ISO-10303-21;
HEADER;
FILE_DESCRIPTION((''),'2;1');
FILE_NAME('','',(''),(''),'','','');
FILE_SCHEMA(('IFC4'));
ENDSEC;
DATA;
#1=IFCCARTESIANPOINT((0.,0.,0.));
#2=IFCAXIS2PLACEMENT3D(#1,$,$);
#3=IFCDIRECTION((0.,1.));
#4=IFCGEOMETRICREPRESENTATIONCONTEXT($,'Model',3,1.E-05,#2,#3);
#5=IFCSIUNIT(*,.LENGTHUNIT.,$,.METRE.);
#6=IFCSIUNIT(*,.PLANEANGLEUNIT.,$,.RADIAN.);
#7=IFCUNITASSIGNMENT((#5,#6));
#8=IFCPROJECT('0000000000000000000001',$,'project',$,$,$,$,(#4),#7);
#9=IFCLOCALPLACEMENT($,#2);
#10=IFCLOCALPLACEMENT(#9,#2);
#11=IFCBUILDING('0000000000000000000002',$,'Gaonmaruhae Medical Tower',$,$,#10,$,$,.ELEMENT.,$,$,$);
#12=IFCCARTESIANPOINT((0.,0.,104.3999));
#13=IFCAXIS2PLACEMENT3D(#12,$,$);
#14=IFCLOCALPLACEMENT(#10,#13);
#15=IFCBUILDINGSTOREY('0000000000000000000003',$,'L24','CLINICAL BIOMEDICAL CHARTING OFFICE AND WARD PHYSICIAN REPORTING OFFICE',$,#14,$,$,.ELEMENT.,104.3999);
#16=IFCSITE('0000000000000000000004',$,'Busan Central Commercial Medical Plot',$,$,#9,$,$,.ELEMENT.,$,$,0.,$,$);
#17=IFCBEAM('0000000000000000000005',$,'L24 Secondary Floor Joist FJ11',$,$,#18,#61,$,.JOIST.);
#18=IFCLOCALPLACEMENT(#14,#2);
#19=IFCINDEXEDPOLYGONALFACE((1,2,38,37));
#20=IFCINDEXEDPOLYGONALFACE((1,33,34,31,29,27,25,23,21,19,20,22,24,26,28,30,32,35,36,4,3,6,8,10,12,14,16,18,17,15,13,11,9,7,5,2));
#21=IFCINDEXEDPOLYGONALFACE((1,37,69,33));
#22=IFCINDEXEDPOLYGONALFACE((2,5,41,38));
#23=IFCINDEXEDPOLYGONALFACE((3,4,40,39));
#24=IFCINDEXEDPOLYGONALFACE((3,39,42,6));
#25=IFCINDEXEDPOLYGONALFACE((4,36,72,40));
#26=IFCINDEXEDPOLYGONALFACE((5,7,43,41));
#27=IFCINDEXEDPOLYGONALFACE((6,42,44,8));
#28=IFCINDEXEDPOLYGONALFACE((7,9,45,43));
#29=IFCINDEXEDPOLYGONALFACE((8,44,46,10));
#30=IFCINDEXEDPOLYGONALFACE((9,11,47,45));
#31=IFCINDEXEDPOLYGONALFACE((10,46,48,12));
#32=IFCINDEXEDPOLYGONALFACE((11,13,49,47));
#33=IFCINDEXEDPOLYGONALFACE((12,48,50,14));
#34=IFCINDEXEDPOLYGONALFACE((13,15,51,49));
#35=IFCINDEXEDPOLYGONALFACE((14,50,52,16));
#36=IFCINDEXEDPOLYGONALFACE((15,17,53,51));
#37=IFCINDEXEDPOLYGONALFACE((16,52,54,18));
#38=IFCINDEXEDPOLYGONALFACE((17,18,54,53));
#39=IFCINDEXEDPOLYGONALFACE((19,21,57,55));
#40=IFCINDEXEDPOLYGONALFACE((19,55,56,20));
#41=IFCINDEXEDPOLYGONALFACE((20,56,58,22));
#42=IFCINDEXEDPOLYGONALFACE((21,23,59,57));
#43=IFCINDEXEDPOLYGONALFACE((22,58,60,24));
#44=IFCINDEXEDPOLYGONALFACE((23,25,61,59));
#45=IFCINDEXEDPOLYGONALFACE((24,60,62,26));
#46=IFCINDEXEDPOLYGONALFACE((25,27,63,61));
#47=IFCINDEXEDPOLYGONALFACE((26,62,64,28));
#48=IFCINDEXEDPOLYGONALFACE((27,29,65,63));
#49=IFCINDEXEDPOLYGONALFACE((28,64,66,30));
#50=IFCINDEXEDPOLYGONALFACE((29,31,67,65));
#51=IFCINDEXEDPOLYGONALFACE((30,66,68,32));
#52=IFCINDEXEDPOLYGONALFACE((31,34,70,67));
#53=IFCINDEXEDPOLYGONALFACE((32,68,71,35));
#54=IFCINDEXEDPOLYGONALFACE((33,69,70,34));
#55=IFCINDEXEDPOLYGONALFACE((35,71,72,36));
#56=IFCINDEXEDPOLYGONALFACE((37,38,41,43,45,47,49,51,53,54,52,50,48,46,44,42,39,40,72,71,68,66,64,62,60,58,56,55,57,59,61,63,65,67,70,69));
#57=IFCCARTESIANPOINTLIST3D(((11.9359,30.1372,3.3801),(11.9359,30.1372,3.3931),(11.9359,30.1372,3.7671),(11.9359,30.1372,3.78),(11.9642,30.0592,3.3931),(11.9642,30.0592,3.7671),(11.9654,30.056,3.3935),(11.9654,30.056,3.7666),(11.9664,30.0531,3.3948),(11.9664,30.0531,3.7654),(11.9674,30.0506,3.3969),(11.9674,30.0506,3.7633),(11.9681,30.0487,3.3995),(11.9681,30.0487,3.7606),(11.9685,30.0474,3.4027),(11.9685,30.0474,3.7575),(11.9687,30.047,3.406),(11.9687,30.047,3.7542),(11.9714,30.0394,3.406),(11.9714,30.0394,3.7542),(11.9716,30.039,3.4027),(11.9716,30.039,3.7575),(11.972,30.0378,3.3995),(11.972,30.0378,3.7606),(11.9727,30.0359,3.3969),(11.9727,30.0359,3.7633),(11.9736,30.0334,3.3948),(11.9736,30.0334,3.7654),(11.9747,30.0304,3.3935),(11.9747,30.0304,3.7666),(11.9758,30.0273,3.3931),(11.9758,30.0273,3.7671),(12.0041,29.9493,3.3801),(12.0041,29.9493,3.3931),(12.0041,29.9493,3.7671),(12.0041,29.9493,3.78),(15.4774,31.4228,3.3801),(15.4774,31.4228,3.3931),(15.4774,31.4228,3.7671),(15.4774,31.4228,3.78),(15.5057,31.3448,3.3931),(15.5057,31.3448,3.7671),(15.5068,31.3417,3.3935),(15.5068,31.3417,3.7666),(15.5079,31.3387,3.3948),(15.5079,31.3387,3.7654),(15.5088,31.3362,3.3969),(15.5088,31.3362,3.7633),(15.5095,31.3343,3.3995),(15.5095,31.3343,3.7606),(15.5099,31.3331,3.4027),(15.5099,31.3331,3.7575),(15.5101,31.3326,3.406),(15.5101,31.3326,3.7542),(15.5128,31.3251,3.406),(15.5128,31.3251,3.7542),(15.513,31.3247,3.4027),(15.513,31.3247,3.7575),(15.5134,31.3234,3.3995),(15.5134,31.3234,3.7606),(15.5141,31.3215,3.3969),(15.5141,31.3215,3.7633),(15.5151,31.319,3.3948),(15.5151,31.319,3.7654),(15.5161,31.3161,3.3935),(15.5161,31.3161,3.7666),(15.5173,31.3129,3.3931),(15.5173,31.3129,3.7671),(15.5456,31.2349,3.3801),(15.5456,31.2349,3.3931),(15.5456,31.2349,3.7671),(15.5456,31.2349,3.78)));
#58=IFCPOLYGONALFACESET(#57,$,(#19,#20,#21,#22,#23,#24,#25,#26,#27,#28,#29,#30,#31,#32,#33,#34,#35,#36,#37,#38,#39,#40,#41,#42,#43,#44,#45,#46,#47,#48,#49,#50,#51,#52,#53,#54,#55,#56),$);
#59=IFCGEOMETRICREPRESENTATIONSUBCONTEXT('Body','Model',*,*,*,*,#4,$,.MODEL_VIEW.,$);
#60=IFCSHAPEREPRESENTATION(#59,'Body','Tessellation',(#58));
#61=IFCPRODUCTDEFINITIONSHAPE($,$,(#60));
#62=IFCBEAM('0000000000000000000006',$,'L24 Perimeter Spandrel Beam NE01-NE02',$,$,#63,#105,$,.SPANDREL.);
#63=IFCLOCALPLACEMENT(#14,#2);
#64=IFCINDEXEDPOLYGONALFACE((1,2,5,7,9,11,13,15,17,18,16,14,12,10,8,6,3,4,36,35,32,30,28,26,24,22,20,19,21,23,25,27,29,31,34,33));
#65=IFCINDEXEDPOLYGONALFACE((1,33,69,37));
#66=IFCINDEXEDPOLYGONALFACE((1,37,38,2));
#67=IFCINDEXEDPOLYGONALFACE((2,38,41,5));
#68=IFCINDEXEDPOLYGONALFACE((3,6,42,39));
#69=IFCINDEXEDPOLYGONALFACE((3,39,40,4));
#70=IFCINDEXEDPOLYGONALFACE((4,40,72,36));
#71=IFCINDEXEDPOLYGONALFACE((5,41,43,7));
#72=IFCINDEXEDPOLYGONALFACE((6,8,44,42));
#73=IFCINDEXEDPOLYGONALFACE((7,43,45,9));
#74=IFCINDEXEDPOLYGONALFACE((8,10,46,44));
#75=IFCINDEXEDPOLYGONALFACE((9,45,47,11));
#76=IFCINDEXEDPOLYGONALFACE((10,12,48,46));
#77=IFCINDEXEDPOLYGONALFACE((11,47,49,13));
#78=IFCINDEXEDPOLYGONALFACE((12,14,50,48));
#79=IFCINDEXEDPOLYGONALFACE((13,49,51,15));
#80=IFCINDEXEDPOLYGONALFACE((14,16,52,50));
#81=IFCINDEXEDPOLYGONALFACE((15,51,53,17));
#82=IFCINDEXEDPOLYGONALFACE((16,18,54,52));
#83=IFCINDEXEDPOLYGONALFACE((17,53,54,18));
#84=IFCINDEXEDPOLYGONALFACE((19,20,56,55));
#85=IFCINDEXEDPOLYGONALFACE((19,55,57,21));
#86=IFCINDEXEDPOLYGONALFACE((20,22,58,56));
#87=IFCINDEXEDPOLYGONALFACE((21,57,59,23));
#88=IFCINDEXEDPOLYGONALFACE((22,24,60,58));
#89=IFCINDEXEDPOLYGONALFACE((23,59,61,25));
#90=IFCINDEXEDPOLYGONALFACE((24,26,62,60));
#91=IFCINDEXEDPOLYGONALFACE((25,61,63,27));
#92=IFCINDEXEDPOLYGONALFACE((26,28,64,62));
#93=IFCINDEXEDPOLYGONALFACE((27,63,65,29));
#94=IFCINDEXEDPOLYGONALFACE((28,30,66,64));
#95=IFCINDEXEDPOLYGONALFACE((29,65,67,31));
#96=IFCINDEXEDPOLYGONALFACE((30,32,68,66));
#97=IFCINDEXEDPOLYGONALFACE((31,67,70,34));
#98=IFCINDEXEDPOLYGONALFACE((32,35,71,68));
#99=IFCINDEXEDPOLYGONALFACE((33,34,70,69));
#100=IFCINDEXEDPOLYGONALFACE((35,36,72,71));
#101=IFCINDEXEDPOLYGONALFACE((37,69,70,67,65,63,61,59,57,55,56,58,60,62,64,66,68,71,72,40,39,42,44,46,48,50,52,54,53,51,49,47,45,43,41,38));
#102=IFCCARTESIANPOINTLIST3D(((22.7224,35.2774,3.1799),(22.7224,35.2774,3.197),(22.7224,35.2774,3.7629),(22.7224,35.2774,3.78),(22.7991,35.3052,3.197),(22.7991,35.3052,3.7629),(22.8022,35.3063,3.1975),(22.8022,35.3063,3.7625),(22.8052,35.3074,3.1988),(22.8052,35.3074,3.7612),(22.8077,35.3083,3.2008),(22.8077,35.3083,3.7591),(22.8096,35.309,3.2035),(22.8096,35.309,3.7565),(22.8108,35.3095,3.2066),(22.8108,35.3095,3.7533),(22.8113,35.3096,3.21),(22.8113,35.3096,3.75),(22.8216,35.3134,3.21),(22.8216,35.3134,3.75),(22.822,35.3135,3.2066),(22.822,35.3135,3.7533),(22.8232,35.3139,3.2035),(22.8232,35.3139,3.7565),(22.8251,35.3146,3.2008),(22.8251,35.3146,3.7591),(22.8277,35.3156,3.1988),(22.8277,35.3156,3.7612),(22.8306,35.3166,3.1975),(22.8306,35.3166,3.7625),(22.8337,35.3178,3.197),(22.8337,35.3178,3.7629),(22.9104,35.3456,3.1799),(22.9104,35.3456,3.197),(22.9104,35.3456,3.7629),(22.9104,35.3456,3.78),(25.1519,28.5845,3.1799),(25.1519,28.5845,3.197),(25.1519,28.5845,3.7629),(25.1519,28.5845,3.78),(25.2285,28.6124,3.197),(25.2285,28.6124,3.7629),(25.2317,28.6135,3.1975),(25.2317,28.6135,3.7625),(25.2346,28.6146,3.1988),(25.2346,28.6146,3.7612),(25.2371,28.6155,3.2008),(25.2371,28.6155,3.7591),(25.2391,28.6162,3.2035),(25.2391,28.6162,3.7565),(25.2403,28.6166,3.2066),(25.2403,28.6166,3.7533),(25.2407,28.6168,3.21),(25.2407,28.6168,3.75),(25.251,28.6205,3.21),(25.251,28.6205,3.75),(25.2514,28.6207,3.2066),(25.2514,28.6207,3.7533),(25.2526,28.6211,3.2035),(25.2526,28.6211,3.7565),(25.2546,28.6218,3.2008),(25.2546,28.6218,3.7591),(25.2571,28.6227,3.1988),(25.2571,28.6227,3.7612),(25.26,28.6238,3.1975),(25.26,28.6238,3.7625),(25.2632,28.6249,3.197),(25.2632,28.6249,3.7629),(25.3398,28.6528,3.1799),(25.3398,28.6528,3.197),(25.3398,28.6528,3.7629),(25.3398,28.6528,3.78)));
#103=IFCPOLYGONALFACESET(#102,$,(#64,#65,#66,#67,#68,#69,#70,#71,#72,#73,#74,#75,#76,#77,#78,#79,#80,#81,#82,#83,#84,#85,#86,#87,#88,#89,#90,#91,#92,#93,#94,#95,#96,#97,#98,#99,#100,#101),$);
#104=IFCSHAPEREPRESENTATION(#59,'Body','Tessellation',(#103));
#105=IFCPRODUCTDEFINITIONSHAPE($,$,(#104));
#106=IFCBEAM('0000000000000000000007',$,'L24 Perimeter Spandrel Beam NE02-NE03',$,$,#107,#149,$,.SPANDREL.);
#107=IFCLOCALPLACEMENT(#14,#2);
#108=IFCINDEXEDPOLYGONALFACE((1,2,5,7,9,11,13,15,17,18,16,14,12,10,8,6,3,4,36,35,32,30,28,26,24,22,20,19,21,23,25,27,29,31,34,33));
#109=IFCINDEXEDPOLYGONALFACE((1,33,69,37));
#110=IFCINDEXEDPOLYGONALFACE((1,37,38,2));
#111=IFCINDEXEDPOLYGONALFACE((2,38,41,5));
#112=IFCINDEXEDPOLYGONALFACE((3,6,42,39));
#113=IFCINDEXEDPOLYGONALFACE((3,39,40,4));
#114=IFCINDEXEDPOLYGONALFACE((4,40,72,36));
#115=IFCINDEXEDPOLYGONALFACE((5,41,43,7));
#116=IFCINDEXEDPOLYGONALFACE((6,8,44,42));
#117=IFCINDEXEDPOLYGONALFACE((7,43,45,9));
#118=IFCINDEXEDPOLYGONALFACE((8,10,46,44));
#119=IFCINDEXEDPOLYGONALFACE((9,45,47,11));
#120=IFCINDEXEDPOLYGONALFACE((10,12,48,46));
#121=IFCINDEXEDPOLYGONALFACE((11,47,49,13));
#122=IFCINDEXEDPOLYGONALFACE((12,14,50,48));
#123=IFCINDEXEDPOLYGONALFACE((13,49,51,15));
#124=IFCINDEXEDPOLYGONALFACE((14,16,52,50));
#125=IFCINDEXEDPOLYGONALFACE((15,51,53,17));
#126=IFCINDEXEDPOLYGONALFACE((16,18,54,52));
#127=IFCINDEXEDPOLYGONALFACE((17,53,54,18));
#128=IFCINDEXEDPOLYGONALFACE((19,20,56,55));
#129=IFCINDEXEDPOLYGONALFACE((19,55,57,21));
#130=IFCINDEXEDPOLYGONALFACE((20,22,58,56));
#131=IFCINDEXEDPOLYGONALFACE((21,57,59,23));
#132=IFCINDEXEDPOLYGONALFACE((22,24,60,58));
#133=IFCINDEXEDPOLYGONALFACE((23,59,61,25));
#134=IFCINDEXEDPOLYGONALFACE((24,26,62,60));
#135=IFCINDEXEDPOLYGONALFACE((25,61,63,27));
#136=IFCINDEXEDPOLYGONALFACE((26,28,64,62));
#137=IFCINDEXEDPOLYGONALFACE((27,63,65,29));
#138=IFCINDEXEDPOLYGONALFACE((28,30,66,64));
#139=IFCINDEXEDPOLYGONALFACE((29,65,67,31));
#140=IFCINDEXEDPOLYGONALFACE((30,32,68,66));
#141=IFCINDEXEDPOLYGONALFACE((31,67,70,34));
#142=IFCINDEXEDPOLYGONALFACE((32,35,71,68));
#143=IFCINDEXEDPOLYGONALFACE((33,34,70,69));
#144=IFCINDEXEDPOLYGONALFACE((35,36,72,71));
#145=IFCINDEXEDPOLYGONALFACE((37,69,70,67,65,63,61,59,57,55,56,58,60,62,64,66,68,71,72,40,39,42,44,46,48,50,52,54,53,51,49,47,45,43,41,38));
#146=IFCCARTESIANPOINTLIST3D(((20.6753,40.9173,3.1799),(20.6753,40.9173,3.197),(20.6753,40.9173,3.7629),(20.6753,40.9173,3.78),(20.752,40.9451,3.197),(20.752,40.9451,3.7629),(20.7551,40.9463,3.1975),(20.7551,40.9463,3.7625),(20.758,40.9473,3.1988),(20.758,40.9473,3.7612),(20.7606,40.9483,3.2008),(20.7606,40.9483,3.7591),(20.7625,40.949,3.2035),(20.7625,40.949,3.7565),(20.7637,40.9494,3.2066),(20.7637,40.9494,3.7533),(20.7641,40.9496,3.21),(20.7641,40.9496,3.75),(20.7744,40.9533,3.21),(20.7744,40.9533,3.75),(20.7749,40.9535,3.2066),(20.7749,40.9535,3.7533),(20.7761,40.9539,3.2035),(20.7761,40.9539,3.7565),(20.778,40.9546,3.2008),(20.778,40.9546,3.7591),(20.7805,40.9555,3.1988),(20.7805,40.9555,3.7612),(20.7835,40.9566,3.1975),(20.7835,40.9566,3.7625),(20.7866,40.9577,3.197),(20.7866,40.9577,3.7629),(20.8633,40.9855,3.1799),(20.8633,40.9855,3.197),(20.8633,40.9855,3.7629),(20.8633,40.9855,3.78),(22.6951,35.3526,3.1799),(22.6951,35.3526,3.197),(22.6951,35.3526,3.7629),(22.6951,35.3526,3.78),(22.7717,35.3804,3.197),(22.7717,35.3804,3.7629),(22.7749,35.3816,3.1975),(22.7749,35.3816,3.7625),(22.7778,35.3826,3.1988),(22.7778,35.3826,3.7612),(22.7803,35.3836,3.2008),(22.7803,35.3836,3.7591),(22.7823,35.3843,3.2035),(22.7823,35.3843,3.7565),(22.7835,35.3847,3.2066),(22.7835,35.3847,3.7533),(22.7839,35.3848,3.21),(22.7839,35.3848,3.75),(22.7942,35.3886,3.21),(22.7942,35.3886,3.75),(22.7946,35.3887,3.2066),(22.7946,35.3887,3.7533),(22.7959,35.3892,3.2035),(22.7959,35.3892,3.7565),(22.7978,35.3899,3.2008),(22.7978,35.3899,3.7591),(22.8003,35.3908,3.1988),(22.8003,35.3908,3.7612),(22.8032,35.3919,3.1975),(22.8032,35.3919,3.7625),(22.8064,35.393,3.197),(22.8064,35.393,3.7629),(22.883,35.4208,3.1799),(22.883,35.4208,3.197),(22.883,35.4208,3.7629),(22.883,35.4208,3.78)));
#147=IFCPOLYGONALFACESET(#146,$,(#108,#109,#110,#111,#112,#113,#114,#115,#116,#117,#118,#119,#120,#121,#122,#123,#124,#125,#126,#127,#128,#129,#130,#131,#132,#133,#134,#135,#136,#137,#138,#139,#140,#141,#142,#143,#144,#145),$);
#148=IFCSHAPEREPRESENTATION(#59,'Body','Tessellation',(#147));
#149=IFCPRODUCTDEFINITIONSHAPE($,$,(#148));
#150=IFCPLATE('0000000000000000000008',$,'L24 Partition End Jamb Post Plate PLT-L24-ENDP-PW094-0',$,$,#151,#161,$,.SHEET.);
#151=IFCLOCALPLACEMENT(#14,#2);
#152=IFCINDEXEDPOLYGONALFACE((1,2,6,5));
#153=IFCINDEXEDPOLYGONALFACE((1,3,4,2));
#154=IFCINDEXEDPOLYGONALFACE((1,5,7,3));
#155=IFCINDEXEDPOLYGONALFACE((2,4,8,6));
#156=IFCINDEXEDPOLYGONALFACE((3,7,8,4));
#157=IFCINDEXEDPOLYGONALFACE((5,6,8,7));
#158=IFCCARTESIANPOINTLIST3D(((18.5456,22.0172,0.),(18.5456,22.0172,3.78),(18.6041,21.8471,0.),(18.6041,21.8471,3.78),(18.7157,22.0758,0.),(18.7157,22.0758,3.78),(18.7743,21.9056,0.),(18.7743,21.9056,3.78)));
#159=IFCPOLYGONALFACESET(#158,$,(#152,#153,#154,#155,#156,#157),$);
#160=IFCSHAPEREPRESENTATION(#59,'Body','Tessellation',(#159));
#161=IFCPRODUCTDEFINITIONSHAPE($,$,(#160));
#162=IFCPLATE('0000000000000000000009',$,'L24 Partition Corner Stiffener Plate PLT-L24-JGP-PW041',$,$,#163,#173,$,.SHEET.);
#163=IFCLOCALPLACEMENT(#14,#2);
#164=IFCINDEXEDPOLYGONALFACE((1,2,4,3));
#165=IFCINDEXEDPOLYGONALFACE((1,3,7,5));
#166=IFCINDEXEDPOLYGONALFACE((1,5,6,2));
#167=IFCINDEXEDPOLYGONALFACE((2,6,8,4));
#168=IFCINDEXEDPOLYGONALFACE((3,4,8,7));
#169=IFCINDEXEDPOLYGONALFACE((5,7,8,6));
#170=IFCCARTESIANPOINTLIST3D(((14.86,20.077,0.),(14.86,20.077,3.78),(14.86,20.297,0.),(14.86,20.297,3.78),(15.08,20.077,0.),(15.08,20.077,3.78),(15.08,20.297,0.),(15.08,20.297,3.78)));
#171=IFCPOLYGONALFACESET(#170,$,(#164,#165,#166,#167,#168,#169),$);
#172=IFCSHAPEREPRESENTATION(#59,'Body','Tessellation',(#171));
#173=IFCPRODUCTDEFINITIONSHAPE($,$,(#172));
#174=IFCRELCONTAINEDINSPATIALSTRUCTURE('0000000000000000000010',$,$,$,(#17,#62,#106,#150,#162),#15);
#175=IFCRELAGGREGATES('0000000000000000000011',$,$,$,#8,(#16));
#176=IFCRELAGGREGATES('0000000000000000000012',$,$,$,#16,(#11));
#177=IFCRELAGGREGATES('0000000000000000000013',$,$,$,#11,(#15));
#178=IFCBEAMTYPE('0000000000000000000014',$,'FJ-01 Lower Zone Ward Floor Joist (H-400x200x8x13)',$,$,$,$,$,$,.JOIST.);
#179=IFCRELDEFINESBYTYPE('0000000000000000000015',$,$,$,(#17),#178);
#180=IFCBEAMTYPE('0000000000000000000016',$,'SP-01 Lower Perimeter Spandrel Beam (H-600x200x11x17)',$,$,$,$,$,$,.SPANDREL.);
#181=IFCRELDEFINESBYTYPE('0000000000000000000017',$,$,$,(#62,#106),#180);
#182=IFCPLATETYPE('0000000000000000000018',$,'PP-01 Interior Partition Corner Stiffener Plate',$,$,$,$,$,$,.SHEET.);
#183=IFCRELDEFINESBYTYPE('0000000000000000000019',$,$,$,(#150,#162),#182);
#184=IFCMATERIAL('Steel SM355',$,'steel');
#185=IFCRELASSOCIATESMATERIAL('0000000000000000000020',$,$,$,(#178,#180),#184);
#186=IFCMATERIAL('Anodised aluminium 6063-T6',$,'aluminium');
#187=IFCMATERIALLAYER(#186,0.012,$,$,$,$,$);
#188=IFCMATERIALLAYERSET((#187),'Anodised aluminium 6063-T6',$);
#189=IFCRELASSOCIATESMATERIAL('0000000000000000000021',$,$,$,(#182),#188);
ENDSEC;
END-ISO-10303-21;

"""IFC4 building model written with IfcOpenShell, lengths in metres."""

from ifc_helpers import new_model, si_unit, direction, frame, origin, origin_2d, place, context, subcontext, project, spatial, rectangle, i_section, extrude, material, layer, layer_set, material_profile, profile_set, type_object, element, save


model = new_model("IFC4")

# Units and contexts
model_context = context("Model", 3, precision=1e-05, world=origin(), true_north=direction((0.0, 1.0)))
body_context = subcontext(model_context, "Body", "Model", "MODEL_VIEW")
ifc_project = project(units=[si_unit("LENGTHUNIT", "METRE"), si_unit("PLANEANGLEUNIT", "RADIAN")], contexts=[model_context])

# Site, building, storey
site_placement = place(None, origin())
site = spatial("IfcSite", under=ifc_project, at=site_placement, Name="Busan Central Commercial Medical Plot", CompositionType="ELEMENT", RefElevation=0.0)
building_placement = place(site_placement, origin())
building = spatial("IfcBuilding", under=site, at=building_placement, Name="Gaonmaruhae Medical Tower", CompositionType="ELEMENT")
storey_placement = place(building_placement, frame((0.0, 0.0, 104.3999)))
storey = spatial("IfcBuildingStorey", under=building, at=storey_placement, Name="L24", Description="CLINICAL BIOMEDICAL CHARTING OFFICE AND WARD PHYSICIAN REPORTING OFFICE", CompositionType="ELEMENT", Elevation=104.3999)

# Beams
ifc_material_1 = material(Name="Steel SM355", Category="steel")
ifc_material_profile_1 = material_profile(ifc_material_1, i_section(OverallWidth=0.2, OverallDepth=0.3999, WebThickness=0.0081, FlangeThickness=0.0129, FilletRadius=0.0129, at=origin_2d()), Name="H-400x200x8x13")
ifc_profile_set_1 = profile_set([ifc_material_profile_1], Name="Steel SM355")
beam_type_1 = type_object("IfcBeamType", Name="FJ-01 Lower Zone Ward Floor Joist (H-400x200x8x13)", PredefinedType="JOIST", material=ifc_profile_set_1)
beam_1_placement = place(storey_placement, frame((15.5115, 31.3289, 3.5801), z_axis=(-0.939979, -0.341233, 0.0), x_axis=(0.341233, -0.939979, 0.0)))
element("IfcBeam", 1, at=beam_1_placement, inside=storey, type_object=beam_type_1, Name="L24 Secondary Floor Joist FJ11", PredefinedType="JOIST", context=body_context, shape_type="SweptSolid", body=[
    extrude(i_section(OverallWidth=0.2, OverallDepth=0.3999, WebThickness=0.0081, FlangeThickness=0.0129, FilletRadius=0.0129, at=origin_2d()), origin(), (0.0, 0.0, 1.0), 3.7676),
])
ifc_material_profile_2 = material_profile(ifc_material_1, i_section(OverallWidth=0.2, OverallDepth=0.6001, WebThickness=0.011, FlangeThickness=0.0171, FilletRadius=0.0129, at=origin_2d()), Name="H-600x200x11x17")
ifc_profile_set_2 = profile_set([ifc_material_profile_2], Name="Steel SM355")
beam_type_2 = type_object("IfcBeamType", Name="SP-01 Lower Perimeter Spandrel Beam (H-600x200x11x17)", PredefinedType="SPANDREL", material=ifc_profile_set_2)
beam_2_placement = place(storey_placement, frame((25.2458, 28.6187, 3.48), z_axis=(-0.341206, 0.939988, 0.0), x_axis=(-0.939988, -0.341206, 0.0)))
element("IfcBeam", 2, at=beam_2_placement, inside=storey, type_object=beam_type_2, Name="L24 Perimeter Spandrel Beam NE01-NE02", PredefinedType="SPANDREL", context=body_context, shape_type="SweptSolid", body=[
    extrude(i_section(OverallWidth=0.2, OverallDepth=0.6001, WebThickness=0.011, FlangeThickness=0.0171, FilletRadius=0.0129, at=origin_2d()), origin(), (0.0, 0.0, 1.0), 7.1201),
])
beam_3_placement = place(storey_placement, frame((22.7891, 35.3867, 3.48), z_axis=(-0.341183, 0.939997, 0.0), x_axis=(-0.939997, -0.341183, 0.0)))
element("IfcBeam", 3, at=beam_3_placement, inside=storey, type_object=beam_type_2, Name="L24 Perimeter Spandrel Beam NE02-NE03", PredefinedType="SPANDREL", context=body_context, shape_type="SweptSolid", body=[
    extrude(i_section(OverallWidth=0.2, OverallDepth=0.6001, WebThickness=0.011, FlangeThickness=0.0171, FilletRadius=0.0129, at=origin_2d()), origin(), (0.0, 0.0, 1.0), 5.9199),
])

# Plates
ifc_material_2 = material(Name="Anodised aluminium 6063-T6", Category="aluminium")
ifc_layer_1 = layer(ifc_material_2, 0.012)
ifc_layer_set_1 = layer_set([ifc_layer_1], Name="Anodised aluminium 6063-T6")
plate_type = type_object("IfcPlateType", Name="PP-01 Interior Partition Corner Stiffener Plate", PredefinedType="SHEET", material=ifc_layer_set_1)
plate_1_placement = place(storey_placement, frame((18.6599, 21.9614, 0.0), z_axis=(0.0, 0.0, 1.0), x_axis=(-0.325535, 0.94553, 0.0)))
element("IfcPlate", 4, at=plate_1_placement, inside=storey, type_object=plate_type, Name="L24 Partition End Jamb Post Plate PLT-L24-ENDP-PW094-0", PredefinedType="SHEET", context=body_context, shape_type="SweptSolid", body=[
    extrude(rectangle(XDim=0.1799, YDim=0.1799, at=origin_2d()), origin(), (0.0, 0.0, 1.0), 3.78),
])
plate_2_placement = place(storey_placement, frame((14.97, 20.187, 0.0), z_axis=(0.0, 0.0, 1.0), x_axis=(0.0, -1.0, 0.0)))
element("IfcPlate", 5, at=plate_2_placement, inside=storey, type_object=plate_type, Name="L24 Partition Corner Stiffener Plate PLT-L24-JGP-PW041", PredefinedType="SHEET", context=body_context, shape_type="SweptSolid", body=[
    extrude(rectangle(XDim=0.22, YDim=0.22, at=origin_2d()), origin(), (0.0, 0.0, 1.0), 3.78),
])

save(model, "model.ifc")
